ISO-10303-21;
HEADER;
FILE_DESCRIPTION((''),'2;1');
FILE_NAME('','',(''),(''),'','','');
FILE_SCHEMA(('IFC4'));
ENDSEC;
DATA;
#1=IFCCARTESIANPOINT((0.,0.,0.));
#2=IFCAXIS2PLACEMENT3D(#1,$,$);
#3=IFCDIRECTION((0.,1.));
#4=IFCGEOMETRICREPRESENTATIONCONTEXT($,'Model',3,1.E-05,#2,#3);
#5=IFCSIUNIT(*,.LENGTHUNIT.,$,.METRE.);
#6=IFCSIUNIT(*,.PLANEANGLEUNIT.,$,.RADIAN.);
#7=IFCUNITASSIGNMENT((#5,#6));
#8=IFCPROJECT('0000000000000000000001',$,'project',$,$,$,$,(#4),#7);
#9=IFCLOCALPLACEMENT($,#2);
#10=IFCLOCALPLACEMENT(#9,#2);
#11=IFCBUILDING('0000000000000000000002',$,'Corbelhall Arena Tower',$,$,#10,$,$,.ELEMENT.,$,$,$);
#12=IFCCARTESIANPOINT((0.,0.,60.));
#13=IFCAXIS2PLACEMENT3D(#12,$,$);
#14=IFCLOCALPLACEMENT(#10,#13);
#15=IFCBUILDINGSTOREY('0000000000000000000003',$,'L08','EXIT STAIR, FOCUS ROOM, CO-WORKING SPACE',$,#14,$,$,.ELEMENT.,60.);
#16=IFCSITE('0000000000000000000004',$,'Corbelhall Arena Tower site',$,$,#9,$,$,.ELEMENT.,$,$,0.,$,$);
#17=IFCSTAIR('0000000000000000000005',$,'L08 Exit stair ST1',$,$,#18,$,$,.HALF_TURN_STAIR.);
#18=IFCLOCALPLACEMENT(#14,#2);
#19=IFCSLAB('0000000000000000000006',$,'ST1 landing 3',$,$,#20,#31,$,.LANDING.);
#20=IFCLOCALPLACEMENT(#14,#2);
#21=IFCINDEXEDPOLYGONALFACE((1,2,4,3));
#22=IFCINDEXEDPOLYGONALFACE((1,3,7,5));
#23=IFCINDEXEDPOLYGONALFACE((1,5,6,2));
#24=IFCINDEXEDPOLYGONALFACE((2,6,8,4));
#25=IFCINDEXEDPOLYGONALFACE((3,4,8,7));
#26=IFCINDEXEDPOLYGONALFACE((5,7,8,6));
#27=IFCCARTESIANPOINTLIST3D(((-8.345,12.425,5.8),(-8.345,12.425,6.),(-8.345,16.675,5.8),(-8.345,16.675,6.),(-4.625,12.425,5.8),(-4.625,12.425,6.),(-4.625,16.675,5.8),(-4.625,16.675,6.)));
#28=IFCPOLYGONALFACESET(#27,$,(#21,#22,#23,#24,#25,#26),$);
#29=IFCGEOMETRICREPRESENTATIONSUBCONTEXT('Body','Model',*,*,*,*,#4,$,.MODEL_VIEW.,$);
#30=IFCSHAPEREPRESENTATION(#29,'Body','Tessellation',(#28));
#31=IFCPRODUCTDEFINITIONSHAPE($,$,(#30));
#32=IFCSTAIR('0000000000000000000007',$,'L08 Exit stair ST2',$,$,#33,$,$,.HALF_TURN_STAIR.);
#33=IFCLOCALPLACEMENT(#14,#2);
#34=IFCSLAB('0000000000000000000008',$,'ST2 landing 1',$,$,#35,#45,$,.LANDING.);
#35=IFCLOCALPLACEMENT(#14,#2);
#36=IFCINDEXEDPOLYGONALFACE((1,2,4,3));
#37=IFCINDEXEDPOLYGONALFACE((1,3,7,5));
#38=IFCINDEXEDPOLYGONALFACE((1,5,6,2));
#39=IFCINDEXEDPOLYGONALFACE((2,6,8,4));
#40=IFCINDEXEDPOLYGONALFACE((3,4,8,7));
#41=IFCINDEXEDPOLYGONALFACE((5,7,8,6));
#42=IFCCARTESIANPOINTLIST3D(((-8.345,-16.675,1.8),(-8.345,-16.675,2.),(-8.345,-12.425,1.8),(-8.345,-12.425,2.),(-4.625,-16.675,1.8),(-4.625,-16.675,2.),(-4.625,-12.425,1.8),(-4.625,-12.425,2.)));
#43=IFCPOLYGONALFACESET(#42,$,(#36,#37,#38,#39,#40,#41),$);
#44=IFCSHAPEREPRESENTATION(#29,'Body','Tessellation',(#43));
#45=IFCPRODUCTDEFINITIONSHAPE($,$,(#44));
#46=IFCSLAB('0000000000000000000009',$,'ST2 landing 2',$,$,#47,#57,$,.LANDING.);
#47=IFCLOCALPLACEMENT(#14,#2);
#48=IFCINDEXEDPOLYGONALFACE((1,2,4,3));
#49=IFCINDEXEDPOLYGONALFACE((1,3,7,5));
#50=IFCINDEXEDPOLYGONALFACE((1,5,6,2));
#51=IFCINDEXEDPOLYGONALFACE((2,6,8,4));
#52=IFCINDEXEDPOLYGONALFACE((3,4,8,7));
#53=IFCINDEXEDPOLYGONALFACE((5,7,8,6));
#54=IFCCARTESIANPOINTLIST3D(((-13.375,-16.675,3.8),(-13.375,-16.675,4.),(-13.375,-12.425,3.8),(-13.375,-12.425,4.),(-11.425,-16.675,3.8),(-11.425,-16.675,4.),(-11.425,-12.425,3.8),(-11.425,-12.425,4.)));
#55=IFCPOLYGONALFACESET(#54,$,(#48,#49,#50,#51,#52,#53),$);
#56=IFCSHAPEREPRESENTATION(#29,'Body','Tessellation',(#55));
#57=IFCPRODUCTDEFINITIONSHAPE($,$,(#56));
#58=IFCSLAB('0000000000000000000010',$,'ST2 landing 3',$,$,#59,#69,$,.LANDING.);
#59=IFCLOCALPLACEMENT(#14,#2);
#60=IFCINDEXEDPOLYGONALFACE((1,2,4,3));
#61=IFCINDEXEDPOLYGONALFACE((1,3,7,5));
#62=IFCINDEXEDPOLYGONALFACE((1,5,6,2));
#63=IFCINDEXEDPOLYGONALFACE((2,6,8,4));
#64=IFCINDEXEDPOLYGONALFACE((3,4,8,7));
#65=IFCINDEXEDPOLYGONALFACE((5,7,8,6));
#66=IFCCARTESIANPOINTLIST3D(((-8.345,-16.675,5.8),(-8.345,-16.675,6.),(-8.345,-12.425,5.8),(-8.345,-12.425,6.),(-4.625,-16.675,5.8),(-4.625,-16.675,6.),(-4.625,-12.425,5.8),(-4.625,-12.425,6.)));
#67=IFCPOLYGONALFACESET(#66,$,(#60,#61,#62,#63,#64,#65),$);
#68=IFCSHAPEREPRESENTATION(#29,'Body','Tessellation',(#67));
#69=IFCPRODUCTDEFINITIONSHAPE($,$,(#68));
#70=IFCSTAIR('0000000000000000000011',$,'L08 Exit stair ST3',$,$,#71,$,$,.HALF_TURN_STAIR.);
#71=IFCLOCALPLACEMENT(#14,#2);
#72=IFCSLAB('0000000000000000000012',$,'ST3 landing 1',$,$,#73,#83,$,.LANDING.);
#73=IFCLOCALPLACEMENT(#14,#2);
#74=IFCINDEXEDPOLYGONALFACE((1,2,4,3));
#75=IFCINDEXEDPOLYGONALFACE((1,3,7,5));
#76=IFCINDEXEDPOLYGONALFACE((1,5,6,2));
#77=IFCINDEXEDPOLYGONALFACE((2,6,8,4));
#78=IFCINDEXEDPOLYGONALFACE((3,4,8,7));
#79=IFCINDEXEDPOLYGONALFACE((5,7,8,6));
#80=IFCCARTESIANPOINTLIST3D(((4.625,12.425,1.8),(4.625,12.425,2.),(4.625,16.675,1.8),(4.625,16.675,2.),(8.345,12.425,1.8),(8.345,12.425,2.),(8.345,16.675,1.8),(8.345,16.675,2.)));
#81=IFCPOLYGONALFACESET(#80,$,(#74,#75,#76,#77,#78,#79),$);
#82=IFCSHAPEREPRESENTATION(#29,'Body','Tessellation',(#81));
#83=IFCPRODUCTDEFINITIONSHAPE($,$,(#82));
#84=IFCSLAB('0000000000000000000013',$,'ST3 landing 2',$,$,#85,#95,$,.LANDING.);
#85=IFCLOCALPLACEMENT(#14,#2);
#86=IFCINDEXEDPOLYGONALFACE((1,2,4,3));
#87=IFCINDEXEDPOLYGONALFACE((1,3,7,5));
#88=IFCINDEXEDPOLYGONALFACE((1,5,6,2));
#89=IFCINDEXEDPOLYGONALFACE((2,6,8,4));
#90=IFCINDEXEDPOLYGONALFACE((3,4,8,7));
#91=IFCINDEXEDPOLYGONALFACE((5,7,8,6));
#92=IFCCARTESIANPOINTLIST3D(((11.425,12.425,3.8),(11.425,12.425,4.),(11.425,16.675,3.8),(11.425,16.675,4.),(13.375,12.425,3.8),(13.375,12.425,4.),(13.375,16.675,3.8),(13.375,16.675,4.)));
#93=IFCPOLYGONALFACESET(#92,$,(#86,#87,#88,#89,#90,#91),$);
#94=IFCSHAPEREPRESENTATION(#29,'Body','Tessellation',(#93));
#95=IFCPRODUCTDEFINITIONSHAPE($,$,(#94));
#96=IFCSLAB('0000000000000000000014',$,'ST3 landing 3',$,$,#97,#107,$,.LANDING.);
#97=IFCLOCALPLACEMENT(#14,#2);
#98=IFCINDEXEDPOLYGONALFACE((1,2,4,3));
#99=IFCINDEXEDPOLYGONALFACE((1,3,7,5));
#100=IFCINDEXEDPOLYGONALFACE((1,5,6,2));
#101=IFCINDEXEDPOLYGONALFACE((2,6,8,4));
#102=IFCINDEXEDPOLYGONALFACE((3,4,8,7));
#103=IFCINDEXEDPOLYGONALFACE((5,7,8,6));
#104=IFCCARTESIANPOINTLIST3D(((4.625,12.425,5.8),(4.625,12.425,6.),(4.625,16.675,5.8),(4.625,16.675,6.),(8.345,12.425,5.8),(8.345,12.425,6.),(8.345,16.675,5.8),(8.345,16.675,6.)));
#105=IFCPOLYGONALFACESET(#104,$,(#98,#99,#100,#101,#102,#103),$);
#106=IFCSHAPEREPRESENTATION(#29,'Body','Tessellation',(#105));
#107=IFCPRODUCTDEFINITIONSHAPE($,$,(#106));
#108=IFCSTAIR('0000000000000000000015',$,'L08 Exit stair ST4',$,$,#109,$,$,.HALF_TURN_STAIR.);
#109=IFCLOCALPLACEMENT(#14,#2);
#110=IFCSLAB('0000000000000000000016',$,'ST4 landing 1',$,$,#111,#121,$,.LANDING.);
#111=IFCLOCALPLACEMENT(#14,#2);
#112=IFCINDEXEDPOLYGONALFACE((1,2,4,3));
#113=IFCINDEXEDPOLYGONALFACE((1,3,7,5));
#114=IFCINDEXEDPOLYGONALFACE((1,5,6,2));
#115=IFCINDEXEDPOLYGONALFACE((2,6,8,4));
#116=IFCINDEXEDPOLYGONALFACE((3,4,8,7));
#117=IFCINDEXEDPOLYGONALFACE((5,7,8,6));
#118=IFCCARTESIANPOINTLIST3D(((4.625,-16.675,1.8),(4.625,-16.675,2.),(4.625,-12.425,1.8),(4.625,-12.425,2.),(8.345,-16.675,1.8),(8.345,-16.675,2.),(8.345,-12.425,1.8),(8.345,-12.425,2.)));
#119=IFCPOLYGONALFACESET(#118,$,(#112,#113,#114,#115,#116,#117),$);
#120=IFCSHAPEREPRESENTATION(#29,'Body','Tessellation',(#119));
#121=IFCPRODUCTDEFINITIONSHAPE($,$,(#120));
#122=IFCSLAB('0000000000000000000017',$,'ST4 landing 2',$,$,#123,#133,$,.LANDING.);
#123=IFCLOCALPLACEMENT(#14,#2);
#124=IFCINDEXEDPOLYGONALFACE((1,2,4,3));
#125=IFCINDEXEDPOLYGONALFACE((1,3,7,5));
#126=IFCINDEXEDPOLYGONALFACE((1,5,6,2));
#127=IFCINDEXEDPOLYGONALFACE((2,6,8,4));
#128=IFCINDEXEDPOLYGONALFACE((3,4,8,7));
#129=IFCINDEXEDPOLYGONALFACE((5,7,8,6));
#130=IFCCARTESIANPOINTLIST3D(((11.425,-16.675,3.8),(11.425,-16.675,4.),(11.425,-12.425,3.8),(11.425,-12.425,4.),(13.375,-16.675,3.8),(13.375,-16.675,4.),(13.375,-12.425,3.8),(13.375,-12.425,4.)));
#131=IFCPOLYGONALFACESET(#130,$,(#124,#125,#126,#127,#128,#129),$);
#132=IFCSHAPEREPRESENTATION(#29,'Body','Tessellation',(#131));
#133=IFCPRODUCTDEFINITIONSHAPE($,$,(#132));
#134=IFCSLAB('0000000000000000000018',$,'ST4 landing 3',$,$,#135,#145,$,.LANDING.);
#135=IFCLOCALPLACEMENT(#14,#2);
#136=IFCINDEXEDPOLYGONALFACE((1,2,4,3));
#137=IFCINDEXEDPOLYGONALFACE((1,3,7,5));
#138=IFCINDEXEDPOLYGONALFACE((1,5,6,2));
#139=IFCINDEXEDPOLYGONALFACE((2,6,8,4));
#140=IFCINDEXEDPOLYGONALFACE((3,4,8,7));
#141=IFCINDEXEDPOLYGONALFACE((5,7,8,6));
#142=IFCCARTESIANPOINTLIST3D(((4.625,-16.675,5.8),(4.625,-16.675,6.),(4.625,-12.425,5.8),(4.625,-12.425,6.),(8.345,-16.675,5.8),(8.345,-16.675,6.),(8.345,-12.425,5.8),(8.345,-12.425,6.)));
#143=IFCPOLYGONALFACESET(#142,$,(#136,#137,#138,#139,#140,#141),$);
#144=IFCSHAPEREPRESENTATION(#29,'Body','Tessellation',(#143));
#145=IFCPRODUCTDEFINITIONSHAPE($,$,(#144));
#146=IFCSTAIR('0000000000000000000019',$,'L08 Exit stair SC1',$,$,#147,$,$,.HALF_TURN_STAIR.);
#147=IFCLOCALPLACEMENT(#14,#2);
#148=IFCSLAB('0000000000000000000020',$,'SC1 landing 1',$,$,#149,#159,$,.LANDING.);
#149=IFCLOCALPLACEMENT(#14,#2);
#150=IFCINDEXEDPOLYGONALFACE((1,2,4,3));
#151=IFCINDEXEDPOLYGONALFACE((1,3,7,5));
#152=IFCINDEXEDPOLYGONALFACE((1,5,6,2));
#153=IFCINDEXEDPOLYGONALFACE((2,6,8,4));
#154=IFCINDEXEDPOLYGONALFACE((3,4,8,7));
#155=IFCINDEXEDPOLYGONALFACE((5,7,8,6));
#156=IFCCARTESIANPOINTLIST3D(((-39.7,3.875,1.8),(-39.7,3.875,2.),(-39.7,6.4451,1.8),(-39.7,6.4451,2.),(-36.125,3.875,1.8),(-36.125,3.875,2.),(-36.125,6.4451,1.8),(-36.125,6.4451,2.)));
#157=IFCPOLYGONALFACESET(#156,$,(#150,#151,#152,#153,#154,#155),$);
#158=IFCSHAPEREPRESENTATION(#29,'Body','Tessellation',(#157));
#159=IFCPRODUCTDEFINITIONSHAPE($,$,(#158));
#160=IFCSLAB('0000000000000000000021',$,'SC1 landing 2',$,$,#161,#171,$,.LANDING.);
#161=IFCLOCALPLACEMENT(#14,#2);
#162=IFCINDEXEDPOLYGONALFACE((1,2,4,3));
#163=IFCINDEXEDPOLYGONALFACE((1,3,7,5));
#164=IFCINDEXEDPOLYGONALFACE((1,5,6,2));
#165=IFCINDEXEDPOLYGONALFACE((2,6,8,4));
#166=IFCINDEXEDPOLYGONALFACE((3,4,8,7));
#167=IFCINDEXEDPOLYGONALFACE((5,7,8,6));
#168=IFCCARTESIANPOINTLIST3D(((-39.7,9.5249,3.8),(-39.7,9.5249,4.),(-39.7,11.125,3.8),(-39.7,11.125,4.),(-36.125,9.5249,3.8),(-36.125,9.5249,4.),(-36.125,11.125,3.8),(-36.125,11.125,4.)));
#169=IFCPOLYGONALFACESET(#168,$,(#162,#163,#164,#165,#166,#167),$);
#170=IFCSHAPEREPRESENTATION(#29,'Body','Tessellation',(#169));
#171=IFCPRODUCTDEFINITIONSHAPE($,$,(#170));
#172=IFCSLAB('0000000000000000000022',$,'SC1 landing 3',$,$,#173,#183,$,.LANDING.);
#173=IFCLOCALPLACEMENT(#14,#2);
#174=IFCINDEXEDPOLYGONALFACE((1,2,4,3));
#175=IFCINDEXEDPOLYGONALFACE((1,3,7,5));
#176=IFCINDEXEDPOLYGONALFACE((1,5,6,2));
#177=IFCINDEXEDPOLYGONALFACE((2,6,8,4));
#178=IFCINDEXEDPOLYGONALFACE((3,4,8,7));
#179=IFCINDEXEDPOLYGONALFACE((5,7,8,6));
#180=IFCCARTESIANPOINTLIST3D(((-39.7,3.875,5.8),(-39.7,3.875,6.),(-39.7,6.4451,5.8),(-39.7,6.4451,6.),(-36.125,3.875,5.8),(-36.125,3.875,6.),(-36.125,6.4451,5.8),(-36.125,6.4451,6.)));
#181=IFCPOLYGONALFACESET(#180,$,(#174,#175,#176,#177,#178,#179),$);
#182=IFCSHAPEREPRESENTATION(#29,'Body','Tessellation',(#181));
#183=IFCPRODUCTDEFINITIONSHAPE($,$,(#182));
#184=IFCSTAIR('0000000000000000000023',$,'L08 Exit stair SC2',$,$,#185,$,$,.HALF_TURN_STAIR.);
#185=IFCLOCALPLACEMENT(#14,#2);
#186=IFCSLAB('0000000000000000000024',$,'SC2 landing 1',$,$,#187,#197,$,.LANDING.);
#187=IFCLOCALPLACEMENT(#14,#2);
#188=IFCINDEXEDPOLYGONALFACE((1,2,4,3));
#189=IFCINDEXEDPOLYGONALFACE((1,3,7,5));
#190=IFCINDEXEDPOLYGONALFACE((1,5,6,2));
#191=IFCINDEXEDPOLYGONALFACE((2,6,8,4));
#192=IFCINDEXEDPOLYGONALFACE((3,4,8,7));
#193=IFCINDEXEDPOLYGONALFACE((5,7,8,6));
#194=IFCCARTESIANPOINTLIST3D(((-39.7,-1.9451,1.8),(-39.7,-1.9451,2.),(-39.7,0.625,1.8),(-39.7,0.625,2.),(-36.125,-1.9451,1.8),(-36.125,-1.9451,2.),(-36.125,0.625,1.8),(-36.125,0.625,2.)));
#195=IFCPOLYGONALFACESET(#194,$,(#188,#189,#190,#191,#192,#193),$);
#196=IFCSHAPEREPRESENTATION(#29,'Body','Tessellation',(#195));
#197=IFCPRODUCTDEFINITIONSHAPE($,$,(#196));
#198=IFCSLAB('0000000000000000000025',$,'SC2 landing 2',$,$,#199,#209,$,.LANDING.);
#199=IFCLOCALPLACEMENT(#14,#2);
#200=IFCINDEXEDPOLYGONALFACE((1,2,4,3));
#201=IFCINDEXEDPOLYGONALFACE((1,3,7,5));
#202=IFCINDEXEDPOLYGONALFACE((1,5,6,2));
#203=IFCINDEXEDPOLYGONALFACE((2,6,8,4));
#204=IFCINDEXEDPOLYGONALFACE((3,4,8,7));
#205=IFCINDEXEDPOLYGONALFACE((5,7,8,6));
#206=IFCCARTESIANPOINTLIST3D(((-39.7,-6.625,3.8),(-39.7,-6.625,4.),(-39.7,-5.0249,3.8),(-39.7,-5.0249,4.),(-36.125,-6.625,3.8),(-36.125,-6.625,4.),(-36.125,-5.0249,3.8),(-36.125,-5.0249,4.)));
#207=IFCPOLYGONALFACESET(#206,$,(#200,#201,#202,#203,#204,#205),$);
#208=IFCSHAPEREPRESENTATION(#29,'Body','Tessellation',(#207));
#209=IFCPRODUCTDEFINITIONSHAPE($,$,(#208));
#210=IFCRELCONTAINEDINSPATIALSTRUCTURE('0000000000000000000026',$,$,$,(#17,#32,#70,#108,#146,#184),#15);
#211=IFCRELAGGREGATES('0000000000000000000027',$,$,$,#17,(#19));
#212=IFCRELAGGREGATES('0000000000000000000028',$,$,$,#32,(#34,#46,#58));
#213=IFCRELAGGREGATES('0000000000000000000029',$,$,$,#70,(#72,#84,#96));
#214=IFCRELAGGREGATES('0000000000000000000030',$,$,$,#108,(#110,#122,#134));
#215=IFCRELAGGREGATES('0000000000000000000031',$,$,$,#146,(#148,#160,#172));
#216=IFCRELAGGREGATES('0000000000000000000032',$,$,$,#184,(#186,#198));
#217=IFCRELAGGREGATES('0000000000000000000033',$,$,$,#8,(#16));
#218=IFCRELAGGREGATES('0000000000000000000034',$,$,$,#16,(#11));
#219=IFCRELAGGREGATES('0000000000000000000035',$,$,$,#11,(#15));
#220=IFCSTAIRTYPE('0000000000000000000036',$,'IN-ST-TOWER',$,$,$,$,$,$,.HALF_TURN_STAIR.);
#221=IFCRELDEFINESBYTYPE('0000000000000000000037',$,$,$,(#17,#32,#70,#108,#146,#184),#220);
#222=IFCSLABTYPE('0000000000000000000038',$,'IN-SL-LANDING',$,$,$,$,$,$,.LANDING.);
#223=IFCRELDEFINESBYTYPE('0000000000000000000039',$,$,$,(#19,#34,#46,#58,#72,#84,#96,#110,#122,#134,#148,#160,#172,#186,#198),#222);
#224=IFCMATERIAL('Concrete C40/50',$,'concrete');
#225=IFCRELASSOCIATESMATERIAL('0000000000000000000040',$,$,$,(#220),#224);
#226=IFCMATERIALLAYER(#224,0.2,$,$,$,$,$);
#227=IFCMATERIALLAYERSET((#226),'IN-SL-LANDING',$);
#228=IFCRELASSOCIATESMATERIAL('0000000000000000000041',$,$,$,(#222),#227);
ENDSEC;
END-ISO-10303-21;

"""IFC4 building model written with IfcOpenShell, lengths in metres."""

from ifc_helpers import new_model, si_unit, direction, frame, origin, place, context, subcontext, project, spatial, polyline, outline, extrude, material, layer, layer_set, type_object, element, aggregate, save


model = new_model("IFC4")

# Units and contexts
model_context = context("Model", 3, precision=1e-05, world=origin(), true_north=direction((0.0, 1.0)))
body_context = subcontext(model_context, "Body", "Model", "MODEL_VIEW")
ifc_project = project(units=[si_unit("LENGTHUNIT", "METRE"), si_unit("PLANEANGLEUNIT", "RADIAN")], contexts=[model_context])

# Site, building, storey
site_placement = place(None, origin())
site = spatial("IfcSite", under=ifc_project, at=site_placement, Name="Corbelhall Arena Tower site", CompositionType="ELEMENT", RefElevation=0.0)
building_placement = place(site_placement, origin())
building = spatial("IfcBuilding", under=site, at=building_placement, Name="Corbelhall Arena Tower", CompositionType="ELEMENT")
storey_placement = place(building_placement, frame((0.0, 0.0, 60.0)))
storey = spatial("IfcBuildingStorey", under=building, at=storey_placement, Name="L08", Description="EXIT STAIR, FOCUS ROOM, CO-WORKING SPACE", CompositionType="ELEMENT", Elevation=60.0)

# Stair, slab
ifc_material = material(Name="Concrete C40/50", Category="concrete")
stair_type = type_object("IfcStairType", Name="IN-ST-TOWER", PredefinedType="HALF_TURN_STAIR", material=ifc_material)
stair_1_placement = place(storey_placement, origin())
stair_1 = element("IfcStair", 1, at=stair_1_placement, inside=storey, type_object=stair_type, Name="L08 Exit stair ST1", PredefinedType="HALF_TURN_STAIR")
ifc_layer = layer(ifc_material, 0.2)
ifc_layer_set = layer_set([ifc_layer], Name="IN-SL-LANDING")
slab_type = type_object("IfcSlabType", Name="IN-SL-LANDING", PredefinedType="LANDING", material=ifc_layer_set)
slab_1_placement = place(storey_placement, frame((0.0, 0.0, 5.8)))
slab_1 = element("IfcSlab", 2, at=slab_1_placement, type_object=slab_type, Name="ST1 landing 3", PredefinedType="LANDING", context=body_context, shape_type="SweptSolid", body=[
    extrude(outline(polyline([(-8.345, 12.425), (-4.625, 12.425), (-4.625, 16.675), (-8.345, 16.675), (-8.345, 12.425)])), origin(), (0.0, 0.0, 1.0), 0.2),
])
aggregate(stair_1, [slab_1])

# Stairs, slabs
stair_2_placement = place(storey_placement, origin())
stair_2 = element("IfcStair", 3, at=stair_2_placement, inside=storey, type_object=stair_type, Name="L08 Exit stair ST2", PredefinedType="HALF_TURN_STAIR")
slab_2_placement = place(storey_placement, frame((0.0, 0.0, 1.8)))
slab_2 = element("IfcSlab", 4, at=slab_2_placement, type_object=slab_type, Name="ST2 landing 1", PredefinedType="LANDING", context=body_context, shape_type="SweptSolid", body=[
    extrude(outline(polyline([(-8.345, -16.675), (-4.625, -16.675), (-4.625, -12.425), (-8.345, -12.425), (-8.345, -16.675)])), origin(), (0.0, 0.0, 1.0), 0.2),
])
slab_3_placement = place(storey_placement, frame((0.0, 0.0, 3.8)))
slab_3 = element("IfcSlab", 5, at=slab_3_placement, type_object=slab_type, Name="ST2 landing 2", PredefinedType="LANDING", context=body_context, shape_type="SweptSolid", body=[
    extrude(outline(polyline([(-13.375, -16.675), (-11.425, -16.675), (-11.425, -12.425), (-13.375, -12.425), (-13.375, -16.675)])), origin(), (0.0, 0.0, 1.0), 0.2),
])
slab_4_placement = place(storey_placement, frame((0.0, 0.0, 5.8)))
slab_4 = element("IfcSlab", 6, at=slab_4_placement, type_object=slab_type, Name="ST2 landing 3", PredefinedType="LANDING", context=body_context, shape_type="SweptSolid", body=[
    extrude(outline(polyline([(-8.345, -16.675), (-4.625, -16.675), (-4.625, -12.425), (-8.345, -12.425), (-8.345, -16.675)])), origin(), (0.0, 0.0, 1.0), 0.2),
])
aggregate(stair_2, [slab_2, slab_3, slab_4])
stair_3_placement = place(storey_placement, origin())
stair_3 = element("IfcStair", 7, at=stair_3_placement, inside=storey, type_object=stair_type, Name="L08 Exit stair ST3", PredefinedType="HALF_TURN_STAIR")
slab_5_placement = place(storey_placement, frame((0.0, 0.0, 1.8)))
slab_5 = element("IfcSlab", 8, at=slab_5_placement, type_object=slab_type, Name="ST3 landing 1", PredefinedType="LANDING", context=body_context, shape_type="SweptSolid", body=[
    extrude(outline(polyline([(8.345, 16.675), (4.625, 16.675), (4.625, 12.425), (8.345, 12.425), (8.345, 16.675)])), origin(), (0.0, 0.0, 1.0), 0.2),
])
slab_6_placement = place(storey_placement, frame((0.0, 0.0, 3.8)))
slab_6 = element("IfcSlab", 9, at=slab_6_placement, type_object=slab_type, Name="ST3 landing 2", PredefinedType="LANDING", context=body_context, shape_type="SweptSolid", body=[
    extrude(outline(polyline([(13.375, 16.675), (11.425, 16.675), (11.425, 12.425), (13.375, 12.425), (13.375, 16.675)])), origin(), (0.0, 0.0, 1.0), 0.2),
])
slab_7_placement = place(storey_placement, frame((0.0, 0.0, 5.8)))
slab_7 = element("IfcSlab", 10, at=slab_7_placement, type_object=slab_type, Name="ST3 landing 3", PredefinedType="LANDING", context=body_context, shape_type="SweptSolid", body=[
    extrude(outline(polyline([(8.345, 16.675), (4.625, 16.675), (4.625, 12.425), (8.345, 12.425), (8.345, 16.675)])), origin(), (0.0, 0.0, 1.0), 0.2),
])
aggregate(stair_3, [slab_5, slab_6, slab_7])
stair_4_placement = place(storey_placement, origin())
stair_4 = element("IfcStair", 11, at=stair_4_placement, inside=storey, type_object=stair_type, Name="L08 Exit stair ST4", PredefinedType="HALF_TURN_STAIR")
slab_8_placement = place(storey_placement, frame((0.0, 0.0, 1.8)))
slab_8 = element("IfcSlab", 12, at=slab_8_placement, type_object=slab_type, Name="ST4 landing 1", PredefinedType="LANDING", context=body_context, shape_type="SweptSolid", body=[
    extrude(outline(polyline([(8.345, -12.425), (4.625, -12.425), (4.625, -16.675), (8.345, -16.675), (8.345, -12.425)])), origin(), (0.0, 0.0, 1.0), 0.2),
])
slab_9_placement = place(storey_placement, frame((0.0, 0.0, 3.8)))
slab_9 = element("IfcSlab", 13, at=slab_9_placement, type_object=slab_type, Name="ST4 landing 2", PredefinedType="LANDING", context=body_context, shape_type="SweptSolid", body=[
    extrude(outline(polyline([(13.375, -12.425), (11.425, -12.425), (11.425, -16.675), (13.375, -16.675), (13.375, -12.425)])), origin(), (0.0, 0.0, 1.0), 0.2),
])
slab_10_placement = place(storey_placement, frame((0.0, 0.0, 5.8)))
slab_10 = element("IfcSlab", 14, at=slab_10_placement, type_object=slab_type, Name="ST4 landing 3", PredefinedType="LANDING", context=body_context, shape_type="SweptSolid", body=[
    extrude(outline(polyline([(8.345, -12.425), (4.625, -12.425), (4.625, -16.675), (8.345, -16.675), (8.345, -12.425)])), origin(), (0.0, 0.0, 1.0), 0.2),
])
aggregate(stair_4, [slab_8, slab_9, slab_10])
stair_5_placement = place(storey_placement, origin())
stair_5 = element("IfcStair", 15, at=stair_5_placement, inside=storey, type_object=stair_type, Name="L08 Exit stair SC1", PredefinedType="HALF_TURN_STAIR")
slab_11_placement = place(storey_placement, frame((0.0, 0.0, 1.8)))
slab_11 = element("IfcSlab", 16, at=slab_11_placement, type_object=slab_type, Name="SC1 landing 1", PredefinedType="LANDING", context=body_context, shape_type="SweptSolid", body=[
    extrude(outline(polyline([(-39.7, 6.4451), (-39.7, 3.875), (-36.125, 3.875), (-36.125, 6.4451), (-39.7, 6.4451)])), origin(), (0.0, 0.0, 1.0), 0.2),
])
slab_12_placement = place(storey_placement, frame((0.0, 0.0, 3.8)))
slab_12 = element("IfcSlab", 17, at=slab_12_placement, type_object=slab_type, Name="SC1 landing 2", PredefinedType="LANDING", context=body_context, shape_type="SweptSolid", body=[
    extrude(outline(polyline([(-39.7, 11.125), (-39.7, 9.5249), (-36.125, 9.5249), (-36.125, 11.125), (-39.7, 11.125)])), origin(), (0.0, 0.0, 1.0), 0.2),
])
slab_13_placement = place(storey_placement, frame((0.0, 0.0, 5.8)))
slab_13 = element("IfcSlab", 18, at=slab_13_placement, type_object=slab_type, Name="SC1 landing 3", PredefinedType="LANDING", context=body_context, shape_type="SweptSolid", body=[
    extrude(outline(polyline([(-39.7, 6.4451), (-39.7, 3.875), (-36.125, 3.875), (-36.125, 6.4451), (-39.7, 6.4451)])), origin(), (0.0, 0.0, 1.0), 0.2),
])
aggregate(stair_5, [slab_11, slab_12, slab_13])
stair_6_placement = place(storey_placement, origin())
stair_6 = element("IfcStair", 19, at=stair_6_placement, inside=storey, type_object=stair_type, Name="L08 Exit stair SC2", PredefinedType="HALF_TURN_STAIR")
slab_14_placement = place(storey_placement, frame((0.0, 0.0, 1.8)))
slab_14 = element("IfcSlab", 20, at=slab_14_placement, type_object=slab_type, Name="SC2 landing 1", PredefinedType="LANDING", context=body_context, shape_type="SweptSolid", body=[
    extrude(outline(polyline([(-36.125, -1.9451), (-36.125, 0.625), (-39.7, 0.625), (-39.7, -1.9451), (-36.125, -1.9451)])), origin(), (0.0, 0.0, 1.0), 0.2),
])
slab_15_placement = place(storey_placement, frame((0.0, 0.0, 3.8)))
slab_15 = element("IfcSlab", 21, at=slab_15_placement, type_object=slab_type, Name="SC2 landing 2", PredefinedType="LANDING", context=body_context, shape_type="SweptSolid", body=[
    extrude(outline(polyline([(-36.125, -6.625), (-36.125, -5.0249), (-39.7, -5.0249), (-39.7, -6.625), (-36.125, -6.625)])), origin(), (0.0, 0.0, 1.0), 0.2),
])
aggregate(stair_6, [slab_14, slab_15])

save(model, "model.ifc")
